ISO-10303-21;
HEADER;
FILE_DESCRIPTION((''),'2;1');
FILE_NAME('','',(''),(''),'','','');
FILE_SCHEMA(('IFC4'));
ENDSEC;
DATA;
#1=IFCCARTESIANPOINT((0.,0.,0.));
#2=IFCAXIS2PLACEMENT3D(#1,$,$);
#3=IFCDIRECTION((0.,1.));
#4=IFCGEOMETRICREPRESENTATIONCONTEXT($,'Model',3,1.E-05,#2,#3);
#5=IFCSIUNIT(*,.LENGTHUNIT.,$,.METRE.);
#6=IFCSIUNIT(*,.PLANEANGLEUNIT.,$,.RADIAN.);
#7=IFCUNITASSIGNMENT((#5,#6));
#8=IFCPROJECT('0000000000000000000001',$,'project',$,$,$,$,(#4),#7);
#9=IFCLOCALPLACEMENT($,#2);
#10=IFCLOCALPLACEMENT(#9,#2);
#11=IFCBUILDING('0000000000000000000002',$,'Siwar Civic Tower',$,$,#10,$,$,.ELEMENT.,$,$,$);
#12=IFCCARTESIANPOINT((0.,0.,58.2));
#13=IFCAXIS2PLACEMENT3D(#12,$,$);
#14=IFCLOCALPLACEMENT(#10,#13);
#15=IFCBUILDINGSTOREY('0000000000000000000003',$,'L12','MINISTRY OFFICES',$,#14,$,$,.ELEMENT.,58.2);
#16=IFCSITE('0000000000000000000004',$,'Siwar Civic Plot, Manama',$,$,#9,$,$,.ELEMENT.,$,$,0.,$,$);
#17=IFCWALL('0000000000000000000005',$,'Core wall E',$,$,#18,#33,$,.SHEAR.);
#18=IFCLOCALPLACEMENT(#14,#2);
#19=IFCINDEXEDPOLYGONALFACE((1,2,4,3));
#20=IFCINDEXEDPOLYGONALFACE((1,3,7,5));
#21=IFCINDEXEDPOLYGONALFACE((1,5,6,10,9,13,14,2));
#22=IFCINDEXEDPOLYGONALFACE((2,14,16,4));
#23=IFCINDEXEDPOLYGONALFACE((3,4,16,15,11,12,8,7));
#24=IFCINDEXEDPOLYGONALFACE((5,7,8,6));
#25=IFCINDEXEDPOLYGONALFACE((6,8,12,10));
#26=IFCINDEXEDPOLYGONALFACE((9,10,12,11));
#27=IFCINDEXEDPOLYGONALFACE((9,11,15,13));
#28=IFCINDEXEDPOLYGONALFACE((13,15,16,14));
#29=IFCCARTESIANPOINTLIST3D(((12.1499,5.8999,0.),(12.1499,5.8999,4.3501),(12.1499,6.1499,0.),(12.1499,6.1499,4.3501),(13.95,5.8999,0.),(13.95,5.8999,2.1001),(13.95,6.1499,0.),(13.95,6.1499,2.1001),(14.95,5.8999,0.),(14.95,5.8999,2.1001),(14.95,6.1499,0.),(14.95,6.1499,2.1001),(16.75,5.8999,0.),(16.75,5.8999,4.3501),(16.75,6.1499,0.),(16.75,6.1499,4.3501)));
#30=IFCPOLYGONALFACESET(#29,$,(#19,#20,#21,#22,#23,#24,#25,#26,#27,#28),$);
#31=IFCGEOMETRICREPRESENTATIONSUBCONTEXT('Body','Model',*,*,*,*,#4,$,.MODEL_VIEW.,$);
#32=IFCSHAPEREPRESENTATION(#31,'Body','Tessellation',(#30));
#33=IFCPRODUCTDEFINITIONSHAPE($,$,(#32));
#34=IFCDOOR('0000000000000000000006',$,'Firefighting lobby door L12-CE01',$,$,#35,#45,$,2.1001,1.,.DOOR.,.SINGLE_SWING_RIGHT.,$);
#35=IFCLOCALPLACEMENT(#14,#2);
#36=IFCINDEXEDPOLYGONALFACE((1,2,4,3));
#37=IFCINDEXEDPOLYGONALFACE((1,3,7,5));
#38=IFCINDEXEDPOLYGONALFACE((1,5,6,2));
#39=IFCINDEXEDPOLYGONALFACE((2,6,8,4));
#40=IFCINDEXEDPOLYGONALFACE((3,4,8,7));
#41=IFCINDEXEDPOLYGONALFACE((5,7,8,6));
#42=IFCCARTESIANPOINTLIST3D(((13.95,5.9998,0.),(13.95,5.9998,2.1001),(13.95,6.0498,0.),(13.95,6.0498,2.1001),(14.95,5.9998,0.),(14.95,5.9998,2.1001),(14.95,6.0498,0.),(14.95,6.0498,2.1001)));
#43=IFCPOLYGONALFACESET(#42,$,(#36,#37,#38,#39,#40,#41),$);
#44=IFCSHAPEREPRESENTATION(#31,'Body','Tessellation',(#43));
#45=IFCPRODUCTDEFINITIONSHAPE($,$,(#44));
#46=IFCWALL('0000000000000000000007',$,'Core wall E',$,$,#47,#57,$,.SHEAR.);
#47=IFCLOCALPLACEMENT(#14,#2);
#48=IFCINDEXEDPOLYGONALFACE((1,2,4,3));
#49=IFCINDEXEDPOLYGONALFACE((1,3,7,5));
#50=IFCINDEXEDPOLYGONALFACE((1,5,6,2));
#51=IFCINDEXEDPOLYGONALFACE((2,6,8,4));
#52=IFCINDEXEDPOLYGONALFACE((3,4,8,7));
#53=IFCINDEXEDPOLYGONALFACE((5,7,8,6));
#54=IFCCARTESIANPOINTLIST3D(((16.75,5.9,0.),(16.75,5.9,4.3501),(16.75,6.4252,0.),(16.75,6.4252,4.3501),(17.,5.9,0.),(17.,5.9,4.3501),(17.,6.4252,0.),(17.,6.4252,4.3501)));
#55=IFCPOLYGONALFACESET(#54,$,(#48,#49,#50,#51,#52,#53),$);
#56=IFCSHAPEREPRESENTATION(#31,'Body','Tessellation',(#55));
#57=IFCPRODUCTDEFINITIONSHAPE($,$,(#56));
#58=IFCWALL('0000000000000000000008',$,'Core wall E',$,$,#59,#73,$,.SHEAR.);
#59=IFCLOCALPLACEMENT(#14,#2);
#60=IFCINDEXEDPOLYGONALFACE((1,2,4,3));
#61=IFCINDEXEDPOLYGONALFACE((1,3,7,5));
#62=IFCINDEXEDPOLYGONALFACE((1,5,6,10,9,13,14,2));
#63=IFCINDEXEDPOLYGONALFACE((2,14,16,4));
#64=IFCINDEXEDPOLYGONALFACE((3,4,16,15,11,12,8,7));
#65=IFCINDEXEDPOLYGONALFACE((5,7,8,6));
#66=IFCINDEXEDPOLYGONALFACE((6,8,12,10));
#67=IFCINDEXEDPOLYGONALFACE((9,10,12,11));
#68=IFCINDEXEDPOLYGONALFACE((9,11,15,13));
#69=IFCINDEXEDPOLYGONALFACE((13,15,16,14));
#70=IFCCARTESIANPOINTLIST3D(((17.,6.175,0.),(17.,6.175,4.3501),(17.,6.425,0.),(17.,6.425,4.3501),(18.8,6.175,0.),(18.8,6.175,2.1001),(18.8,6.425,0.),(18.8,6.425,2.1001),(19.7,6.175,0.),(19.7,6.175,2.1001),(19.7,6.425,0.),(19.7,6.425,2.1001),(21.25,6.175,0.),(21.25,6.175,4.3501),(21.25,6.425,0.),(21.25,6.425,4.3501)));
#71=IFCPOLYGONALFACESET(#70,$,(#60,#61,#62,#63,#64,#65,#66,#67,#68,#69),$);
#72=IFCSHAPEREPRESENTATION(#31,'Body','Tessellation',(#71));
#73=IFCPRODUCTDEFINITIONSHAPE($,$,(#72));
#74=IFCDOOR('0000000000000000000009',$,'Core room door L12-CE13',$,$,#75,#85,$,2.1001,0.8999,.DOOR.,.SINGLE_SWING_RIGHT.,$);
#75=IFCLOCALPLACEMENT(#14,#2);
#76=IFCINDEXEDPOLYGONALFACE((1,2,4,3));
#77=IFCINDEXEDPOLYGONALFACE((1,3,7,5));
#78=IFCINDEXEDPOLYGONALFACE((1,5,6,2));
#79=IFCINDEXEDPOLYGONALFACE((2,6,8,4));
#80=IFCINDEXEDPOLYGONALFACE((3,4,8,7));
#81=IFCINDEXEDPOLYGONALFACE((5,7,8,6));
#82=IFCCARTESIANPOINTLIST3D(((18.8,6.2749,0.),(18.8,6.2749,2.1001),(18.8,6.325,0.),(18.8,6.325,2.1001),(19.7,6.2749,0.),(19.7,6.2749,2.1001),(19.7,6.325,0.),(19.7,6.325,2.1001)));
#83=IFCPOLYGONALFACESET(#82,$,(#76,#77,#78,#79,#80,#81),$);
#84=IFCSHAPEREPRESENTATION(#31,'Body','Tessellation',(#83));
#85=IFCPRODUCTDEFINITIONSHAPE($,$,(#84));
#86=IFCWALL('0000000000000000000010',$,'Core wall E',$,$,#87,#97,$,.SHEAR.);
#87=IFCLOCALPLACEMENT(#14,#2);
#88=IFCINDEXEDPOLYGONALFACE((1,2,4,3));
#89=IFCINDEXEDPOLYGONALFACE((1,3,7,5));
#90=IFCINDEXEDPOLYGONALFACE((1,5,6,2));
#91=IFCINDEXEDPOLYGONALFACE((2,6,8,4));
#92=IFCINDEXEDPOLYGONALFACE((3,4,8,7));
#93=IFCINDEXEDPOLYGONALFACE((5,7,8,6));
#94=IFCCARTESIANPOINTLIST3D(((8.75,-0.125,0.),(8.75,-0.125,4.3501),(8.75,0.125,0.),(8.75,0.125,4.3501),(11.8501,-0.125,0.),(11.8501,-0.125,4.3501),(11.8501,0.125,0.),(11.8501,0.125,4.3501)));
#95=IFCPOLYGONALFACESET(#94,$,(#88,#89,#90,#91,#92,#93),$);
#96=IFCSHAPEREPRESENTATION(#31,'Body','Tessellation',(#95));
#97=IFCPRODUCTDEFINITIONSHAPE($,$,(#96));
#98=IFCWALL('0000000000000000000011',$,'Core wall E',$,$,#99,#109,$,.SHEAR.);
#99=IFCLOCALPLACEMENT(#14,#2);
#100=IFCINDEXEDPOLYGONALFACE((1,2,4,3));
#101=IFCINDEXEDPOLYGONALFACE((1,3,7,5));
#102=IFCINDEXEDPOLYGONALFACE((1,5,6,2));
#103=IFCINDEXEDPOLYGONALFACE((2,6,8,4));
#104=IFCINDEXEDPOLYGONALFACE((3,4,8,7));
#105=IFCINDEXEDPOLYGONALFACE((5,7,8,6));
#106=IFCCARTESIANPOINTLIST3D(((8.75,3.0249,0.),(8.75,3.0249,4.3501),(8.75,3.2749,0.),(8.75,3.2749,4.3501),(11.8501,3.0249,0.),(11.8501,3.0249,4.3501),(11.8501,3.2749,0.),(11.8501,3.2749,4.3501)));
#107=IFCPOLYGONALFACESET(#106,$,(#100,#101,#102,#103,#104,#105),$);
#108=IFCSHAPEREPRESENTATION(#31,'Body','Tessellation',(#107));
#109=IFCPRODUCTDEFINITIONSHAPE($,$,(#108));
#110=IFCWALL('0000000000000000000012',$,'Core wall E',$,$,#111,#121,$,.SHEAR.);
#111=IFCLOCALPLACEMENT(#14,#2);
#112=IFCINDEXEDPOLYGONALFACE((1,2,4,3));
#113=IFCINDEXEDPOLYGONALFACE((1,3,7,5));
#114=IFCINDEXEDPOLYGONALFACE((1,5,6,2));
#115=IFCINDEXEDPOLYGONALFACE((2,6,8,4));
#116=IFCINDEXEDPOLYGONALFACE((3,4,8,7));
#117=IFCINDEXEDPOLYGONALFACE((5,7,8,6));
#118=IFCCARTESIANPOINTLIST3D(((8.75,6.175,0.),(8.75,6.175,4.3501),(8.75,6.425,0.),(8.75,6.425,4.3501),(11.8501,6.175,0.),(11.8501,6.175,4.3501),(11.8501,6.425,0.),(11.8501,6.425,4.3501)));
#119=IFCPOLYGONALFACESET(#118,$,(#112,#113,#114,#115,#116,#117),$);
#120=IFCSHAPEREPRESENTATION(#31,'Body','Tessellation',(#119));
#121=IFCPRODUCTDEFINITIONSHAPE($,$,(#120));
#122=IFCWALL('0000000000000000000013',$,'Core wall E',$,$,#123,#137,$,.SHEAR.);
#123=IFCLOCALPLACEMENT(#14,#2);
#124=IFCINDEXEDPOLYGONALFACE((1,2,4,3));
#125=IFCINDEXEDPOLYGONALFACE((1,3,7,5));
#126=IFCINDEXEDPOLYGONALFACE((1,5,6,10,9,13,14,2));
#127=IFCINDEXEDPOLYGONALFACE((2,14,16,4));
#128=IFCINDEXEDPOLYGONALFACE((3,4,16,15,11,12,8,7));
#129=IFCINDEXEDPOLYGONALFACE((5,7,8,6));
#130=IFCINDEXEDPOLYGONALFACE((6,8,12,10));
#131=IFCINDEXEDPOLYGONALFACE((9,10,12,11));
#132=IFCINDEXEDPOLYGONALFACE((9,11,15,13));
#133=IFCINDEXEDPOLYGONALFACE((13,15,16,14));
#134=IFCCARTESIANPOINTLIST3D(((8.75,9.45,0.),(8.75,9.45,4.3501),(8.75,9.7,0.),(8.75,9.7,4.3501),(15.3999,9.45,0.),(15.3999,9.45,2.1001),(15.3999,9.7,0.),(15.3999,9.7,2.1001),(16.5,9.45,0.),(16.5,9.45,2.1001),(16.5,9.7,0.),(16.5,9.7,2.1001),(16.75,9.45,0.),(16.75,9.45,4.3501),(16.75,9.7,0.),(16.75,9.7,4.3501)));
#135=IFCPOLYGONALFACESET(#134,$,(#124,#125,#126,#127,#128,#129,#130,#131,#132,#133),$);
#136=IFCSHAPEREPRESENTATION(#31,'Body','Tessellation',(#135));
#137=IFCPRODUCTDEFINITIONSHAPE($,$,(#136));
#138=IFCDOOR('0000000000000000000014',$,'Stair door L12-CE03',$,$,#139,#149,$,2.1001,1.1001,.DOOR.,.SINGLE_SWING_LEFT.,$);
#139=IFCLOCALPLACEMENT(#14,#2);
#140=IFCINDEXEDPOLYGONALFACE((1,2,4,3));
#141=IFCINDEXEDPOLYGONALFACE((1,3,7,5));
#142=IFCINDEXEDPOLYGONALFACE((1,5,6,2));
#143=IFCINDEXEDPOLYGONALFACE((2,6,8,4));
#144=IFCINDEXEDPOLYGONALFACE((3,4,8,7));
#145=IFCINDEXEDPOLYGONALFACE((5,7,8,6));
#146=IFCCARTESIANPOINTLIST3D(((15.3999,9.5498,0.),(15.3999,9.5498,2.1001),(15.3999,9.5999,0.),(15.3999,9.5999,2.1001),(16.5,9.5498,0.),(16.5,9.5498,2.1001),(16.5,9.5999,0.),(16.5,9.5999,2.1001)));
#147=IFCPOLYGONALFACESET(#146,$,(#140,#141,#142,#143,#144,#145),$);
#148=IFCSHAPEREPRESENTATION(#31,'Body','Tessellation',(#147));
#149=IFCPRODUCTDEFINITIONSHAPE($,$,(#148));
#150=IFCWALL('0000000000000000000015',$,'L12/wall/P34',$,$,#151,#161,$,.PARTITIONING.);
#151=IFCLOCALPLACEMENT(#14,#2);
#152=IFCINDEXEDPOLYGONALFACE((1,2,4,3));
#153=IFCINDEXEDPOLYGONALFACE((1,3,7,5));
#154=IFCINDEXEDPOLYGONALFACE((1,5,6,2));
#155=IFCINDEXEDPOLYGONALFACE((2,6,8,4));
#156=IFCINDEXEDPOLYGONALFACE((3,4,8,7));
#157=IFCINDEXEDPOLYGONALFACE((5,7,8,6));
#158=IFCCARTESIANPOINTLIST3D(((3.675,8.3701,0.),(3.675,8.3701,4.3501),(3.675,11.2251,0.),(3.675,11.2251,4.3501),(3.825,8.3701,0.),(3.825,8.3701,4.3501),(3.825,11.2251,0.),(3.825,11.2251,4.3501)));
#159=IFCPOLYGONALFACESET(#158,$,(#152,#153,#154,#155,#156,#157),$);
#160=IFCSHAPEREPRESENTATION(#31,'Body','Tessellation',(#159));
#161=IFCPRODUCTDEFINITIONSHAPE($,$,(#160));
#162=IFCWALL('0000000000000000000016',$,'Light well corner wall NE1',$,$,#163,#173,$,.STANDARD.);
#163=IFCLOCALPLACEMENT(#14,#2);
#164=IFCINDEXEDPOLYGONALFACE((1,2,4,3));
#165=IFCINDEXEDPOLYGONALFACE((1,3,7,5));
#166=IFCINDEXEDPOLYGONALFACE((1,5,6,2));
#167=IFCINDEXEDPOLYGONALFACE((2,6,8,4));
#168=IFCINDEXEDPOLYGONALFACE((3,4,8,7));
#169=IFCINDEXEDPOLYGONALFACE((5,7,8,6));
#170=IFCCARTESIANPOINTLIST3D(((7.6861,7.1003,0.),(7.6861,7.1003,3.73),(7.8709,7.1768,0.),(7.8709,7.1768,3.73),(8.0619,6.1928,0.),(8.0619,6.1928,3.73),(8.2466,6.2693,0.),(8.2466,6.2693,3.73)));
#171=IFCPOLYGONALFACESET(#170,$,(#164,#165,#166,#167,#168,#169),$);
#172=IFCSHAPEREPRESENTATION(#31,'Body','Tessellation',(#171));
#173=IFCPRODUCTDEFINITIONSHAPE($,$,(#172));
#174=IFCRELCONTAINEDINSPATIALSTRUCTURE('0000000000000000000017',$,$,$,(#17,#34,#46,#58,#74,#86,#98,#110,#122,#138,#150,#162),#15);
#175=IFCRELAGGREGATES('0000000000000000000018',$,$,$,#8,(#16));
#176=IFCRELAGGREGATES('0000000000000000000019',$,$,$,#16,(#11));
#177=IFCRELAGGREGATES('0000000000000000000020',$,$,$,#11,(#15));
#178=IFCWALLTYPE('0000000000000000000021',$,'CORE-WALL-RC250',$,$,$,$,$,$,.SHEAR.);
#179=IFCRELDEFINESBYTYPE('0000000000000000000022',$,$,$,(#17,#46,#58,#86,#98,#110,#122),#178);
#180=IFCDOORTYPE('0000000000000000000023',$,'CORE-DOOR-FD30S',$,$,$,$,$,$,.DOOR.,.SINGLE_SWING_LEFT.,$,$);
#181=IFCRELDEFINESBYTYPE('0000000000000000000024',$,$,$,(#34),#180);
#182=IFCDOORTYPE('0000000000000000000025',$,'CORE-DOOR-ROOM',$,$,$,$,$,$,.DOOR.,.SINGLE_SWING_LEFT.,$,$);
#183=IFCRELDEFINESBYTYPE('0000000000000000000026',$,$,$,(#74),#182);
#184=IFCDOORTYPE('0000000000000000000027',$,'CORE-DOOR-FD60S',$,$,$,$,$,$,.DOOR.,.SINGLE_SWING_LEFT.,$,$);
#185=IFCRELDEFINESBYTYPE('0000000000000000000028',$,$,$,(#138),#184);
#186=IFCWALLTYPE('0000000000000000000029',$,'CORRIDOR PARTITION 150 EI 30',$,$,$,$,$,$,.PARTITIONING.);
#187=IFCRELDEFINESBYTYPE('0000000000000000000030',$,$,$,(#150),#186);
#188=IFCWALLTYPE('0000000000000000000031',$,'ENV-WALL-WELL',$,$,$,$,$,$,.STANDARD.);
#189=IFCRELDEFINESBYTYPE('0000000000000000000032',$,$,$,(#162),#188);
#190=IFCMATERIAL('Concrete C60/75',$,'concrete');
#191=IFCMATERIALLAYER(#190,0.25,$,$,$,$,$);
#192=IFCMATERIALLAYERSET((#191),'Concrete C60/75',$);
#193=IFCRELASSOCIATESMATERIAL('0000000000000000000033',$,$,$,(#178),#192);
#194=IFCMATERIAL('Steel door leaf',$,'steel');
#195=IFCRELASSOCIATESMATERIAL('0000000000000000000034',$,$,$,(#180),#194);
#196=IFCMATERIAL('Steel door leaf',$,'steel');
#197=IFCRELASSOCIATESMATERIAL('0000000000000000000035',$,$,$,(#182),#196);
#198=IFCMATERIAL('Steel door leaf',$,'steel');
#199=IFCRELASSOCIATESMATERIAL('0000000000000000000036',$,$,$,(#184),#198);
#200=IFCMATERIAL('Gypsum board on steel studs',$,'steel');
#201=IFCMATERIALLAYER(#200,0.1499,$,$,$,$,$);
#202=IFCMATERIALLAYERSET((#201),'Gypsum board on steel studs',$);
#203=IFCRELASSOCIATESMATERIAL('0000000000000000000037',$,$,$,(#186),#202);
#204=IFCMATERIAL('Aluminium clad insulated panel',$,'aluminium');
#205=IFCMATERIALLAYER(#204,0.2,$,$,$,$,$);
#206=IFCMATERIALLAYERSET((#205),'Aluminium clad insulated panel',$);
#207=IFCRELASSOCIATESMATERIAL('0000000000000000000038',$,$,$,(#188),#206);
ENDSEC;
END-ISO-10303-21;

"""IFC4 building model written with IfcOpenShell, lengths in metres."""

from ifc_helpers import new_model, si_unit, direction, frame, frame_2d, origin, place, context, subcontext, project, spatial, rectangle, extrude, material, layer, layer_set, type_object, element, fill, save


model = new_model("IFC4")

# Units and contexts
model_context = context("Model", 3, precision=1e-05, world=origin(), true_north=direction((0.0, 1.0)))
body_context = subcontext(model_context, "Body", "Model", "MODEL_VIEW")
ifc_project = project(units=[si_unit("LENGTHUNIT", "METRE"), si_unit("PLANEANGLEUNIT", "RADIAN")], contexts=[model_context])

# Site, building, storey
site_placement = place(None, origin())
site = spatial("IfcSite", under=ifc_project, at=site_placement, Name="Siwar Civic Plot, Manama", CompositionType="ELEMENT", RefElevation=0.0)
building_placement = place(site_placement, origin())
building = spatial("IfcBuilding", under=site, at=building_placement, Name="Siwar Civic Tower", CompositionType="ELEMENT")
storey_placement = place(building_placement, frame((0.0, 0.0, 58.2)))
storey = spatial("IfcBuildingStorey", under=building, at=storey_placement, Name="L12", Description="MINISTRY OFFICES", CompositionType="ELEMENT", Elevation=58.2)

# Wall, opening, door
ifc_material_1 = material(Name="Concrete C60/75", Category="concrete")
ifc_layer_1 = layer(ifc_material_1, 0.25)
ifc_layer_set_1 = layer_set([ifc_layer_1], Name="Concrete C60/75")
wall_type_1 = type_object("IfcWallType", Name="CORE-WALL-RC250", PredefinedType="SHEAR", material=ifc_layer_set_1)
wall_1_placement = place(storey_placement, frame((12.1499, 6.0249, 0.0), z_axis=(0.0, 0.0, 1.0), x_axis=(1.0, 0.0, 0.0)))
wall_1 = element("IfcWall", 1, at=wall_1_placement, inside=storey, type_object=wall_type_1, Name="Core wall E", PredefinedType="SHEAR", context=body_context, shape_type="SweptSolid", body=[
    extrude(rectangle(XDim=4.6001, YDim=0.25, at=frame_2d((2.3, 0.0))), origin(), (0.0, 0.0, 1.0), 4.3501),
])
opening_1_placement = place(wall_1_placement, frame((1.8, 0.0, 0.0)))
opening_1 = element("IfcOpeningElement", 2, at=opening_1_placement, cuts=wall_1, PredefinedType="OPENING", context=body_context, shape_type="SweptSolid", body=[
    extrude(rectangle(XDim=1.0, YDim=2.1001, at=frame_2d((0.5, 1.05))), frame((0.0, 0.135, 0.0), z_axis=(0.0, -1.0, 0.0), x_axis=(1.0, 0.0, 0.0)), (0.0, 0.0, 1.0), 0.27),
])
ifc_material_2 = material(Name="Steel door leaf", Category="steel")
door_type_1 = type_object("IfcDoorType", Name="CORE-DOOR-FD30S", OperationType="SINGLE_SWING_LEFT", PredefinedType="DOOR", material=ifc_material_2)
door_1_placement = place(opening_1_placement, origin())
door_1 = element("IfcDoor", 3, at=door_1_placement, inside=storey, type_object=door_type_1, Name="Firefighting lobby door L12-CE01", OperationType="SINGLE_SWING_RIGHT", OverallHeight=2.1001, OverallWidth=1.0, PredefinedType="DOOR", context=body_context, shape_type="SweptSolid", body=[
    extrude(rectangle(XDim=1.0, YDim=2.1001, at=frame_2d((0.5, 1.05))), frame((0.0, 0.0249, 0.0), z_axis=(0.0, -1.0, 0.0), x_axis=(1.0, 0.0, 0.0)), (0.0, 0.0, 1.0), 0.05),
])
fill(opening_1, door_1)

# Wall
wall_2_placement = place(storey_placement, frame((16.875, 5.8999, 0.0), z_axis=(0.0, 0.0, 1.0), x_axis=(0.0, 1.0, 0.0)))
element("IfcWall", 4, at=wall_2_placement, inside=storey, type_object=wall_type_1, Name="Core wall E", PredefinedType="SHEAR", context=body_context, shape_type="SweptSolid", body=[
    extrude(rectangle(XDim=0.5251, YDim=0.25, at=frame_2d((0.2627, 0.0))), origin(), (0.0, 0.0, 1.0), 4.3501),
])

# Wall, opening, door
wall_3_placement = place(storey_placement, frame((17.0, 6.3, 0.0), z_axis=(0.0, 0.0, 1.0), x_axis=(1.0, 0.0, 0.0)))
wall_3 = element("IfcWall", 5, at=wall_3_placement, inside=storey, type_object=wall_type_1, Name="Core wall E", PredefinedType="SHEAR", context=body_context, shape_type="SweptSolid", body=[
    extrude(rectangle(XDim=4.25, YDim=0.25, at=frame_2d((2.125, 0.0))), origin(), (0.0, 0.0, 1.0), 4.3501),
])
opening_2_placement = place(wall_3_placement, frame((1.8, 0.0, 0.0)))
opening_2 = element("IfcOpeningElement", 6, at=opening_2_placement, cuts=wall_3, PredefinedType="OPENING", context=body_context, shape_type="SweptSolid", body=[
    extrude(rectangle(XDim=0.8999, YDim=2.1001, at=frame_2d((0.45, 1.05))), frame((0.0, 0.135, 0.0), z_axis=(0.0, -1.0, 0.0), x_axis=(1.0, 0.0, 0.0)), (0.0, 0.0, 1.0), 0.27),
])
ifc_material_3 = material(Name="Steel door leaf", Category="steel")
door_type_2 = type_object("IfcDoorType", Name="CORE-DOOR-ROOM", OperationType="SINGLE_SWING_LEFT", PredefinedType="DOOR", material=ifc_material_3)
door_2_placement = place(opening_2_placement, origin())
door_2 = element("IfcDoor", 7, at=door_2_placement, inside=storey, type_object=door_type_2, Name="Core room door L12-CE13", OperationType="SINGLE_SWING_RIGHT", OverallHeight=2.1001, OverallWidth=0.8999, PredefinedType="DOOR", context=body_context, shape_type="SweptSolid", body=[
    extrude(rectangle(XDim=0.8999, YDim=2.1001, at=frame_2d((0.45, 1.05))), frame((0.0, 0.0249, 0.0), z_axis=(0.0, -1.0, 0.0), x_axis=(1.0, 0.0, 0.0)), (0.0, 0.0, 1.0), 0.05),
])
fill(opening_2, door_2)

# Walls
for number, where, z_axis, x_axis, name in (
    (8, (8.75, 0.0, 0.0), (0.0, 0.0, 1.0), (1.0, 0.0, 0.0), "Core wall E"),
    (9, (8.75, 3.1499, 0.0), (0.0, 0.0, 1.0), (1.0, 0.0, 0.0), "Core wall E"),
    (10, (8.75, 6.3, 0.0), (0.0, 0.0, 1.0), (1.0, 0.0, 0.0), "Core wall E"),
):
    element("IfcWall", number, at=place(storey_placement, frame(where, z_axis=z_axis, x_axis=x_axis)), inside=storey, type_object=wall_type_1, Name=name, PredefinedType="SHEAR", context=body_context, shape_type="SweptSolid", body=[
        extrude(rectangle(XDim=3.1001, YDim=0.25, at=frame_2d((1.55, 0.0))), origin(), (0.0, 0.0, 1.0), 4.3501),
    ])

# Wall, opening, door
wall_4_placement = place(storey_placement, frame((8.75, 9.575, 0.0), z_axis=(0.0, 0.0, 1.0), x_axis=(1.0, 0.0, 0.0)))
wall_4 = element("IfcWall", 11, at=wall_4_placement, inside=storey, type_object=wall_type_1, Name="Core wall E", PredefinedType="SHEAR", context=body_context, shape_type="SweptSolid", body=[
    extrude(rectangle(XDim=8.0, YDim=0.25, at=frame_2d((4.0, 0.0))), origin(), (0.0, 0.0, 1.0), 4.3501),
])
opening_3_placement = place(wall_4_placement, frame((6.6499, 0.0, 0.0)))
opening_3 = element("IfcOpeningElement", 12, at=opening_3_placement, cuts=wall_4, PredefinedType="OPENING", context=body_context, shape_type="SweptSolid", body=[
    extrude(rectangle(XDim=1.1001, YDim=2.1001, at=frame_2d((0.55, 1.05))), frame((0.0, 0.135, 0.0), z_axis=(0.0, -1.0, 0.0), x_axis=(1.0, 0.0, 0.0)), (0.0, 0.0, 1.0), 0.27),
])
ifc_material_4 = material(Name="Steel door leaf", Category="steel")
door_type_3 = type_object("IfcDoorType", Name="CORE-DOOR-FD60S", OperationType="SINGLE_SWING_LEFT", PredefinedType="DOOR", material=ifc_material_4)
door_3_placement = place(opening_3_placement, origin())
door_3 = element("IfcDoor", 13, at=door_3_placement, inside=storey, type_object=door_type_3, Name="Stair door L12-CE03", OperationType="SINGLE_SWING_LEFT", OverallHeight=2.1001, OverallWidth=1.1001, PredefinedType="DOOR", context=body_context, shape_type="SweptSolid", body=[
    extrude(rectangle(XDim=1.1001, YDim=2.1001, at=frame_2d((0.55, 1.05))), frame((0.0, 0.0249, 0.0), z_axis=(0.0, -1.0, 0.0), x_axis=(1.0, 0.0, 0.0)), (0.0, 0.0, 1.0), 0.05),
])
fill(opening_3, door_3)

# Walls
ifc_material_5 = material(Name="Gypsum board on steel studs", Category="steel")
ifc_layer_2 = layer(ifc_material_5, 0.1499)
ifc_layer_set_2 = layer_set([ifc_layer_2], Name="Gypsum board on steel studs")
wall_type_2 = type_object("IfcWallType", Name="CORRIDOR PARTITION 150 EI 30", PredefinedType="PARTITIONING", material=ifc_layer_set_2)
wall_5_placement = place(storey_placement, frame((3.75, 8.3701, 0.0), z_axis=(0.0, 0.0, 1.0), x_axis=(0.0, 1.0, 0.0)))
element("IfcWall", 14, at=wall_5_placement, inside=storey, type_object=wall_type_2, Name="L12/wall/P34", PredefinedType="PARTITIONING", context=body_context, shape_type="SweptSolid", body=[
    extrude(rectangle(XDim=2.855, YDim=0.1499, at=frame_2d((1.4275, 0.0))), origin(), (0.0, 0.0, 1.0), 4.3501),
])
ifc_material_6 = material(Name="Aluminium clad insulated panel", Category="aluminium")
ifc_layer_3 = layer(ifc_material_6, 0.2)
ifc_layer_set_3 = layer_set([ifc_layer_3], Name="Aluminium clad insulated panel")
wall_type_3 = type_object("IfcWallType", Name="ENV-WALL-WELL", PredefinedType="STANDARD", material=ifc_layer_set_3)
wall_6_placement = place(storey_placement, frame((8.1543, 6.231, 0.0), z_axis=(0.0, 0.0, 1.0), x_axis=(-0.382549, 0.923935, 0.0)))
element("IfcWall", 15, at=wall_6_placement, inside=storey, type_object=wall_type_3, Name="Light well corner wall NE1", PredefinedType="STANDARD", context=body_context, shape_type="SweptSolid", body=[
    extrude(rectangle(XDim=0.9822, YDim=0.2, at=frame_2d((0.4912, 0.0))), origin(), (0.0, 0.0, 1.0), 3.73),
])

save(model, "model.ifc")
